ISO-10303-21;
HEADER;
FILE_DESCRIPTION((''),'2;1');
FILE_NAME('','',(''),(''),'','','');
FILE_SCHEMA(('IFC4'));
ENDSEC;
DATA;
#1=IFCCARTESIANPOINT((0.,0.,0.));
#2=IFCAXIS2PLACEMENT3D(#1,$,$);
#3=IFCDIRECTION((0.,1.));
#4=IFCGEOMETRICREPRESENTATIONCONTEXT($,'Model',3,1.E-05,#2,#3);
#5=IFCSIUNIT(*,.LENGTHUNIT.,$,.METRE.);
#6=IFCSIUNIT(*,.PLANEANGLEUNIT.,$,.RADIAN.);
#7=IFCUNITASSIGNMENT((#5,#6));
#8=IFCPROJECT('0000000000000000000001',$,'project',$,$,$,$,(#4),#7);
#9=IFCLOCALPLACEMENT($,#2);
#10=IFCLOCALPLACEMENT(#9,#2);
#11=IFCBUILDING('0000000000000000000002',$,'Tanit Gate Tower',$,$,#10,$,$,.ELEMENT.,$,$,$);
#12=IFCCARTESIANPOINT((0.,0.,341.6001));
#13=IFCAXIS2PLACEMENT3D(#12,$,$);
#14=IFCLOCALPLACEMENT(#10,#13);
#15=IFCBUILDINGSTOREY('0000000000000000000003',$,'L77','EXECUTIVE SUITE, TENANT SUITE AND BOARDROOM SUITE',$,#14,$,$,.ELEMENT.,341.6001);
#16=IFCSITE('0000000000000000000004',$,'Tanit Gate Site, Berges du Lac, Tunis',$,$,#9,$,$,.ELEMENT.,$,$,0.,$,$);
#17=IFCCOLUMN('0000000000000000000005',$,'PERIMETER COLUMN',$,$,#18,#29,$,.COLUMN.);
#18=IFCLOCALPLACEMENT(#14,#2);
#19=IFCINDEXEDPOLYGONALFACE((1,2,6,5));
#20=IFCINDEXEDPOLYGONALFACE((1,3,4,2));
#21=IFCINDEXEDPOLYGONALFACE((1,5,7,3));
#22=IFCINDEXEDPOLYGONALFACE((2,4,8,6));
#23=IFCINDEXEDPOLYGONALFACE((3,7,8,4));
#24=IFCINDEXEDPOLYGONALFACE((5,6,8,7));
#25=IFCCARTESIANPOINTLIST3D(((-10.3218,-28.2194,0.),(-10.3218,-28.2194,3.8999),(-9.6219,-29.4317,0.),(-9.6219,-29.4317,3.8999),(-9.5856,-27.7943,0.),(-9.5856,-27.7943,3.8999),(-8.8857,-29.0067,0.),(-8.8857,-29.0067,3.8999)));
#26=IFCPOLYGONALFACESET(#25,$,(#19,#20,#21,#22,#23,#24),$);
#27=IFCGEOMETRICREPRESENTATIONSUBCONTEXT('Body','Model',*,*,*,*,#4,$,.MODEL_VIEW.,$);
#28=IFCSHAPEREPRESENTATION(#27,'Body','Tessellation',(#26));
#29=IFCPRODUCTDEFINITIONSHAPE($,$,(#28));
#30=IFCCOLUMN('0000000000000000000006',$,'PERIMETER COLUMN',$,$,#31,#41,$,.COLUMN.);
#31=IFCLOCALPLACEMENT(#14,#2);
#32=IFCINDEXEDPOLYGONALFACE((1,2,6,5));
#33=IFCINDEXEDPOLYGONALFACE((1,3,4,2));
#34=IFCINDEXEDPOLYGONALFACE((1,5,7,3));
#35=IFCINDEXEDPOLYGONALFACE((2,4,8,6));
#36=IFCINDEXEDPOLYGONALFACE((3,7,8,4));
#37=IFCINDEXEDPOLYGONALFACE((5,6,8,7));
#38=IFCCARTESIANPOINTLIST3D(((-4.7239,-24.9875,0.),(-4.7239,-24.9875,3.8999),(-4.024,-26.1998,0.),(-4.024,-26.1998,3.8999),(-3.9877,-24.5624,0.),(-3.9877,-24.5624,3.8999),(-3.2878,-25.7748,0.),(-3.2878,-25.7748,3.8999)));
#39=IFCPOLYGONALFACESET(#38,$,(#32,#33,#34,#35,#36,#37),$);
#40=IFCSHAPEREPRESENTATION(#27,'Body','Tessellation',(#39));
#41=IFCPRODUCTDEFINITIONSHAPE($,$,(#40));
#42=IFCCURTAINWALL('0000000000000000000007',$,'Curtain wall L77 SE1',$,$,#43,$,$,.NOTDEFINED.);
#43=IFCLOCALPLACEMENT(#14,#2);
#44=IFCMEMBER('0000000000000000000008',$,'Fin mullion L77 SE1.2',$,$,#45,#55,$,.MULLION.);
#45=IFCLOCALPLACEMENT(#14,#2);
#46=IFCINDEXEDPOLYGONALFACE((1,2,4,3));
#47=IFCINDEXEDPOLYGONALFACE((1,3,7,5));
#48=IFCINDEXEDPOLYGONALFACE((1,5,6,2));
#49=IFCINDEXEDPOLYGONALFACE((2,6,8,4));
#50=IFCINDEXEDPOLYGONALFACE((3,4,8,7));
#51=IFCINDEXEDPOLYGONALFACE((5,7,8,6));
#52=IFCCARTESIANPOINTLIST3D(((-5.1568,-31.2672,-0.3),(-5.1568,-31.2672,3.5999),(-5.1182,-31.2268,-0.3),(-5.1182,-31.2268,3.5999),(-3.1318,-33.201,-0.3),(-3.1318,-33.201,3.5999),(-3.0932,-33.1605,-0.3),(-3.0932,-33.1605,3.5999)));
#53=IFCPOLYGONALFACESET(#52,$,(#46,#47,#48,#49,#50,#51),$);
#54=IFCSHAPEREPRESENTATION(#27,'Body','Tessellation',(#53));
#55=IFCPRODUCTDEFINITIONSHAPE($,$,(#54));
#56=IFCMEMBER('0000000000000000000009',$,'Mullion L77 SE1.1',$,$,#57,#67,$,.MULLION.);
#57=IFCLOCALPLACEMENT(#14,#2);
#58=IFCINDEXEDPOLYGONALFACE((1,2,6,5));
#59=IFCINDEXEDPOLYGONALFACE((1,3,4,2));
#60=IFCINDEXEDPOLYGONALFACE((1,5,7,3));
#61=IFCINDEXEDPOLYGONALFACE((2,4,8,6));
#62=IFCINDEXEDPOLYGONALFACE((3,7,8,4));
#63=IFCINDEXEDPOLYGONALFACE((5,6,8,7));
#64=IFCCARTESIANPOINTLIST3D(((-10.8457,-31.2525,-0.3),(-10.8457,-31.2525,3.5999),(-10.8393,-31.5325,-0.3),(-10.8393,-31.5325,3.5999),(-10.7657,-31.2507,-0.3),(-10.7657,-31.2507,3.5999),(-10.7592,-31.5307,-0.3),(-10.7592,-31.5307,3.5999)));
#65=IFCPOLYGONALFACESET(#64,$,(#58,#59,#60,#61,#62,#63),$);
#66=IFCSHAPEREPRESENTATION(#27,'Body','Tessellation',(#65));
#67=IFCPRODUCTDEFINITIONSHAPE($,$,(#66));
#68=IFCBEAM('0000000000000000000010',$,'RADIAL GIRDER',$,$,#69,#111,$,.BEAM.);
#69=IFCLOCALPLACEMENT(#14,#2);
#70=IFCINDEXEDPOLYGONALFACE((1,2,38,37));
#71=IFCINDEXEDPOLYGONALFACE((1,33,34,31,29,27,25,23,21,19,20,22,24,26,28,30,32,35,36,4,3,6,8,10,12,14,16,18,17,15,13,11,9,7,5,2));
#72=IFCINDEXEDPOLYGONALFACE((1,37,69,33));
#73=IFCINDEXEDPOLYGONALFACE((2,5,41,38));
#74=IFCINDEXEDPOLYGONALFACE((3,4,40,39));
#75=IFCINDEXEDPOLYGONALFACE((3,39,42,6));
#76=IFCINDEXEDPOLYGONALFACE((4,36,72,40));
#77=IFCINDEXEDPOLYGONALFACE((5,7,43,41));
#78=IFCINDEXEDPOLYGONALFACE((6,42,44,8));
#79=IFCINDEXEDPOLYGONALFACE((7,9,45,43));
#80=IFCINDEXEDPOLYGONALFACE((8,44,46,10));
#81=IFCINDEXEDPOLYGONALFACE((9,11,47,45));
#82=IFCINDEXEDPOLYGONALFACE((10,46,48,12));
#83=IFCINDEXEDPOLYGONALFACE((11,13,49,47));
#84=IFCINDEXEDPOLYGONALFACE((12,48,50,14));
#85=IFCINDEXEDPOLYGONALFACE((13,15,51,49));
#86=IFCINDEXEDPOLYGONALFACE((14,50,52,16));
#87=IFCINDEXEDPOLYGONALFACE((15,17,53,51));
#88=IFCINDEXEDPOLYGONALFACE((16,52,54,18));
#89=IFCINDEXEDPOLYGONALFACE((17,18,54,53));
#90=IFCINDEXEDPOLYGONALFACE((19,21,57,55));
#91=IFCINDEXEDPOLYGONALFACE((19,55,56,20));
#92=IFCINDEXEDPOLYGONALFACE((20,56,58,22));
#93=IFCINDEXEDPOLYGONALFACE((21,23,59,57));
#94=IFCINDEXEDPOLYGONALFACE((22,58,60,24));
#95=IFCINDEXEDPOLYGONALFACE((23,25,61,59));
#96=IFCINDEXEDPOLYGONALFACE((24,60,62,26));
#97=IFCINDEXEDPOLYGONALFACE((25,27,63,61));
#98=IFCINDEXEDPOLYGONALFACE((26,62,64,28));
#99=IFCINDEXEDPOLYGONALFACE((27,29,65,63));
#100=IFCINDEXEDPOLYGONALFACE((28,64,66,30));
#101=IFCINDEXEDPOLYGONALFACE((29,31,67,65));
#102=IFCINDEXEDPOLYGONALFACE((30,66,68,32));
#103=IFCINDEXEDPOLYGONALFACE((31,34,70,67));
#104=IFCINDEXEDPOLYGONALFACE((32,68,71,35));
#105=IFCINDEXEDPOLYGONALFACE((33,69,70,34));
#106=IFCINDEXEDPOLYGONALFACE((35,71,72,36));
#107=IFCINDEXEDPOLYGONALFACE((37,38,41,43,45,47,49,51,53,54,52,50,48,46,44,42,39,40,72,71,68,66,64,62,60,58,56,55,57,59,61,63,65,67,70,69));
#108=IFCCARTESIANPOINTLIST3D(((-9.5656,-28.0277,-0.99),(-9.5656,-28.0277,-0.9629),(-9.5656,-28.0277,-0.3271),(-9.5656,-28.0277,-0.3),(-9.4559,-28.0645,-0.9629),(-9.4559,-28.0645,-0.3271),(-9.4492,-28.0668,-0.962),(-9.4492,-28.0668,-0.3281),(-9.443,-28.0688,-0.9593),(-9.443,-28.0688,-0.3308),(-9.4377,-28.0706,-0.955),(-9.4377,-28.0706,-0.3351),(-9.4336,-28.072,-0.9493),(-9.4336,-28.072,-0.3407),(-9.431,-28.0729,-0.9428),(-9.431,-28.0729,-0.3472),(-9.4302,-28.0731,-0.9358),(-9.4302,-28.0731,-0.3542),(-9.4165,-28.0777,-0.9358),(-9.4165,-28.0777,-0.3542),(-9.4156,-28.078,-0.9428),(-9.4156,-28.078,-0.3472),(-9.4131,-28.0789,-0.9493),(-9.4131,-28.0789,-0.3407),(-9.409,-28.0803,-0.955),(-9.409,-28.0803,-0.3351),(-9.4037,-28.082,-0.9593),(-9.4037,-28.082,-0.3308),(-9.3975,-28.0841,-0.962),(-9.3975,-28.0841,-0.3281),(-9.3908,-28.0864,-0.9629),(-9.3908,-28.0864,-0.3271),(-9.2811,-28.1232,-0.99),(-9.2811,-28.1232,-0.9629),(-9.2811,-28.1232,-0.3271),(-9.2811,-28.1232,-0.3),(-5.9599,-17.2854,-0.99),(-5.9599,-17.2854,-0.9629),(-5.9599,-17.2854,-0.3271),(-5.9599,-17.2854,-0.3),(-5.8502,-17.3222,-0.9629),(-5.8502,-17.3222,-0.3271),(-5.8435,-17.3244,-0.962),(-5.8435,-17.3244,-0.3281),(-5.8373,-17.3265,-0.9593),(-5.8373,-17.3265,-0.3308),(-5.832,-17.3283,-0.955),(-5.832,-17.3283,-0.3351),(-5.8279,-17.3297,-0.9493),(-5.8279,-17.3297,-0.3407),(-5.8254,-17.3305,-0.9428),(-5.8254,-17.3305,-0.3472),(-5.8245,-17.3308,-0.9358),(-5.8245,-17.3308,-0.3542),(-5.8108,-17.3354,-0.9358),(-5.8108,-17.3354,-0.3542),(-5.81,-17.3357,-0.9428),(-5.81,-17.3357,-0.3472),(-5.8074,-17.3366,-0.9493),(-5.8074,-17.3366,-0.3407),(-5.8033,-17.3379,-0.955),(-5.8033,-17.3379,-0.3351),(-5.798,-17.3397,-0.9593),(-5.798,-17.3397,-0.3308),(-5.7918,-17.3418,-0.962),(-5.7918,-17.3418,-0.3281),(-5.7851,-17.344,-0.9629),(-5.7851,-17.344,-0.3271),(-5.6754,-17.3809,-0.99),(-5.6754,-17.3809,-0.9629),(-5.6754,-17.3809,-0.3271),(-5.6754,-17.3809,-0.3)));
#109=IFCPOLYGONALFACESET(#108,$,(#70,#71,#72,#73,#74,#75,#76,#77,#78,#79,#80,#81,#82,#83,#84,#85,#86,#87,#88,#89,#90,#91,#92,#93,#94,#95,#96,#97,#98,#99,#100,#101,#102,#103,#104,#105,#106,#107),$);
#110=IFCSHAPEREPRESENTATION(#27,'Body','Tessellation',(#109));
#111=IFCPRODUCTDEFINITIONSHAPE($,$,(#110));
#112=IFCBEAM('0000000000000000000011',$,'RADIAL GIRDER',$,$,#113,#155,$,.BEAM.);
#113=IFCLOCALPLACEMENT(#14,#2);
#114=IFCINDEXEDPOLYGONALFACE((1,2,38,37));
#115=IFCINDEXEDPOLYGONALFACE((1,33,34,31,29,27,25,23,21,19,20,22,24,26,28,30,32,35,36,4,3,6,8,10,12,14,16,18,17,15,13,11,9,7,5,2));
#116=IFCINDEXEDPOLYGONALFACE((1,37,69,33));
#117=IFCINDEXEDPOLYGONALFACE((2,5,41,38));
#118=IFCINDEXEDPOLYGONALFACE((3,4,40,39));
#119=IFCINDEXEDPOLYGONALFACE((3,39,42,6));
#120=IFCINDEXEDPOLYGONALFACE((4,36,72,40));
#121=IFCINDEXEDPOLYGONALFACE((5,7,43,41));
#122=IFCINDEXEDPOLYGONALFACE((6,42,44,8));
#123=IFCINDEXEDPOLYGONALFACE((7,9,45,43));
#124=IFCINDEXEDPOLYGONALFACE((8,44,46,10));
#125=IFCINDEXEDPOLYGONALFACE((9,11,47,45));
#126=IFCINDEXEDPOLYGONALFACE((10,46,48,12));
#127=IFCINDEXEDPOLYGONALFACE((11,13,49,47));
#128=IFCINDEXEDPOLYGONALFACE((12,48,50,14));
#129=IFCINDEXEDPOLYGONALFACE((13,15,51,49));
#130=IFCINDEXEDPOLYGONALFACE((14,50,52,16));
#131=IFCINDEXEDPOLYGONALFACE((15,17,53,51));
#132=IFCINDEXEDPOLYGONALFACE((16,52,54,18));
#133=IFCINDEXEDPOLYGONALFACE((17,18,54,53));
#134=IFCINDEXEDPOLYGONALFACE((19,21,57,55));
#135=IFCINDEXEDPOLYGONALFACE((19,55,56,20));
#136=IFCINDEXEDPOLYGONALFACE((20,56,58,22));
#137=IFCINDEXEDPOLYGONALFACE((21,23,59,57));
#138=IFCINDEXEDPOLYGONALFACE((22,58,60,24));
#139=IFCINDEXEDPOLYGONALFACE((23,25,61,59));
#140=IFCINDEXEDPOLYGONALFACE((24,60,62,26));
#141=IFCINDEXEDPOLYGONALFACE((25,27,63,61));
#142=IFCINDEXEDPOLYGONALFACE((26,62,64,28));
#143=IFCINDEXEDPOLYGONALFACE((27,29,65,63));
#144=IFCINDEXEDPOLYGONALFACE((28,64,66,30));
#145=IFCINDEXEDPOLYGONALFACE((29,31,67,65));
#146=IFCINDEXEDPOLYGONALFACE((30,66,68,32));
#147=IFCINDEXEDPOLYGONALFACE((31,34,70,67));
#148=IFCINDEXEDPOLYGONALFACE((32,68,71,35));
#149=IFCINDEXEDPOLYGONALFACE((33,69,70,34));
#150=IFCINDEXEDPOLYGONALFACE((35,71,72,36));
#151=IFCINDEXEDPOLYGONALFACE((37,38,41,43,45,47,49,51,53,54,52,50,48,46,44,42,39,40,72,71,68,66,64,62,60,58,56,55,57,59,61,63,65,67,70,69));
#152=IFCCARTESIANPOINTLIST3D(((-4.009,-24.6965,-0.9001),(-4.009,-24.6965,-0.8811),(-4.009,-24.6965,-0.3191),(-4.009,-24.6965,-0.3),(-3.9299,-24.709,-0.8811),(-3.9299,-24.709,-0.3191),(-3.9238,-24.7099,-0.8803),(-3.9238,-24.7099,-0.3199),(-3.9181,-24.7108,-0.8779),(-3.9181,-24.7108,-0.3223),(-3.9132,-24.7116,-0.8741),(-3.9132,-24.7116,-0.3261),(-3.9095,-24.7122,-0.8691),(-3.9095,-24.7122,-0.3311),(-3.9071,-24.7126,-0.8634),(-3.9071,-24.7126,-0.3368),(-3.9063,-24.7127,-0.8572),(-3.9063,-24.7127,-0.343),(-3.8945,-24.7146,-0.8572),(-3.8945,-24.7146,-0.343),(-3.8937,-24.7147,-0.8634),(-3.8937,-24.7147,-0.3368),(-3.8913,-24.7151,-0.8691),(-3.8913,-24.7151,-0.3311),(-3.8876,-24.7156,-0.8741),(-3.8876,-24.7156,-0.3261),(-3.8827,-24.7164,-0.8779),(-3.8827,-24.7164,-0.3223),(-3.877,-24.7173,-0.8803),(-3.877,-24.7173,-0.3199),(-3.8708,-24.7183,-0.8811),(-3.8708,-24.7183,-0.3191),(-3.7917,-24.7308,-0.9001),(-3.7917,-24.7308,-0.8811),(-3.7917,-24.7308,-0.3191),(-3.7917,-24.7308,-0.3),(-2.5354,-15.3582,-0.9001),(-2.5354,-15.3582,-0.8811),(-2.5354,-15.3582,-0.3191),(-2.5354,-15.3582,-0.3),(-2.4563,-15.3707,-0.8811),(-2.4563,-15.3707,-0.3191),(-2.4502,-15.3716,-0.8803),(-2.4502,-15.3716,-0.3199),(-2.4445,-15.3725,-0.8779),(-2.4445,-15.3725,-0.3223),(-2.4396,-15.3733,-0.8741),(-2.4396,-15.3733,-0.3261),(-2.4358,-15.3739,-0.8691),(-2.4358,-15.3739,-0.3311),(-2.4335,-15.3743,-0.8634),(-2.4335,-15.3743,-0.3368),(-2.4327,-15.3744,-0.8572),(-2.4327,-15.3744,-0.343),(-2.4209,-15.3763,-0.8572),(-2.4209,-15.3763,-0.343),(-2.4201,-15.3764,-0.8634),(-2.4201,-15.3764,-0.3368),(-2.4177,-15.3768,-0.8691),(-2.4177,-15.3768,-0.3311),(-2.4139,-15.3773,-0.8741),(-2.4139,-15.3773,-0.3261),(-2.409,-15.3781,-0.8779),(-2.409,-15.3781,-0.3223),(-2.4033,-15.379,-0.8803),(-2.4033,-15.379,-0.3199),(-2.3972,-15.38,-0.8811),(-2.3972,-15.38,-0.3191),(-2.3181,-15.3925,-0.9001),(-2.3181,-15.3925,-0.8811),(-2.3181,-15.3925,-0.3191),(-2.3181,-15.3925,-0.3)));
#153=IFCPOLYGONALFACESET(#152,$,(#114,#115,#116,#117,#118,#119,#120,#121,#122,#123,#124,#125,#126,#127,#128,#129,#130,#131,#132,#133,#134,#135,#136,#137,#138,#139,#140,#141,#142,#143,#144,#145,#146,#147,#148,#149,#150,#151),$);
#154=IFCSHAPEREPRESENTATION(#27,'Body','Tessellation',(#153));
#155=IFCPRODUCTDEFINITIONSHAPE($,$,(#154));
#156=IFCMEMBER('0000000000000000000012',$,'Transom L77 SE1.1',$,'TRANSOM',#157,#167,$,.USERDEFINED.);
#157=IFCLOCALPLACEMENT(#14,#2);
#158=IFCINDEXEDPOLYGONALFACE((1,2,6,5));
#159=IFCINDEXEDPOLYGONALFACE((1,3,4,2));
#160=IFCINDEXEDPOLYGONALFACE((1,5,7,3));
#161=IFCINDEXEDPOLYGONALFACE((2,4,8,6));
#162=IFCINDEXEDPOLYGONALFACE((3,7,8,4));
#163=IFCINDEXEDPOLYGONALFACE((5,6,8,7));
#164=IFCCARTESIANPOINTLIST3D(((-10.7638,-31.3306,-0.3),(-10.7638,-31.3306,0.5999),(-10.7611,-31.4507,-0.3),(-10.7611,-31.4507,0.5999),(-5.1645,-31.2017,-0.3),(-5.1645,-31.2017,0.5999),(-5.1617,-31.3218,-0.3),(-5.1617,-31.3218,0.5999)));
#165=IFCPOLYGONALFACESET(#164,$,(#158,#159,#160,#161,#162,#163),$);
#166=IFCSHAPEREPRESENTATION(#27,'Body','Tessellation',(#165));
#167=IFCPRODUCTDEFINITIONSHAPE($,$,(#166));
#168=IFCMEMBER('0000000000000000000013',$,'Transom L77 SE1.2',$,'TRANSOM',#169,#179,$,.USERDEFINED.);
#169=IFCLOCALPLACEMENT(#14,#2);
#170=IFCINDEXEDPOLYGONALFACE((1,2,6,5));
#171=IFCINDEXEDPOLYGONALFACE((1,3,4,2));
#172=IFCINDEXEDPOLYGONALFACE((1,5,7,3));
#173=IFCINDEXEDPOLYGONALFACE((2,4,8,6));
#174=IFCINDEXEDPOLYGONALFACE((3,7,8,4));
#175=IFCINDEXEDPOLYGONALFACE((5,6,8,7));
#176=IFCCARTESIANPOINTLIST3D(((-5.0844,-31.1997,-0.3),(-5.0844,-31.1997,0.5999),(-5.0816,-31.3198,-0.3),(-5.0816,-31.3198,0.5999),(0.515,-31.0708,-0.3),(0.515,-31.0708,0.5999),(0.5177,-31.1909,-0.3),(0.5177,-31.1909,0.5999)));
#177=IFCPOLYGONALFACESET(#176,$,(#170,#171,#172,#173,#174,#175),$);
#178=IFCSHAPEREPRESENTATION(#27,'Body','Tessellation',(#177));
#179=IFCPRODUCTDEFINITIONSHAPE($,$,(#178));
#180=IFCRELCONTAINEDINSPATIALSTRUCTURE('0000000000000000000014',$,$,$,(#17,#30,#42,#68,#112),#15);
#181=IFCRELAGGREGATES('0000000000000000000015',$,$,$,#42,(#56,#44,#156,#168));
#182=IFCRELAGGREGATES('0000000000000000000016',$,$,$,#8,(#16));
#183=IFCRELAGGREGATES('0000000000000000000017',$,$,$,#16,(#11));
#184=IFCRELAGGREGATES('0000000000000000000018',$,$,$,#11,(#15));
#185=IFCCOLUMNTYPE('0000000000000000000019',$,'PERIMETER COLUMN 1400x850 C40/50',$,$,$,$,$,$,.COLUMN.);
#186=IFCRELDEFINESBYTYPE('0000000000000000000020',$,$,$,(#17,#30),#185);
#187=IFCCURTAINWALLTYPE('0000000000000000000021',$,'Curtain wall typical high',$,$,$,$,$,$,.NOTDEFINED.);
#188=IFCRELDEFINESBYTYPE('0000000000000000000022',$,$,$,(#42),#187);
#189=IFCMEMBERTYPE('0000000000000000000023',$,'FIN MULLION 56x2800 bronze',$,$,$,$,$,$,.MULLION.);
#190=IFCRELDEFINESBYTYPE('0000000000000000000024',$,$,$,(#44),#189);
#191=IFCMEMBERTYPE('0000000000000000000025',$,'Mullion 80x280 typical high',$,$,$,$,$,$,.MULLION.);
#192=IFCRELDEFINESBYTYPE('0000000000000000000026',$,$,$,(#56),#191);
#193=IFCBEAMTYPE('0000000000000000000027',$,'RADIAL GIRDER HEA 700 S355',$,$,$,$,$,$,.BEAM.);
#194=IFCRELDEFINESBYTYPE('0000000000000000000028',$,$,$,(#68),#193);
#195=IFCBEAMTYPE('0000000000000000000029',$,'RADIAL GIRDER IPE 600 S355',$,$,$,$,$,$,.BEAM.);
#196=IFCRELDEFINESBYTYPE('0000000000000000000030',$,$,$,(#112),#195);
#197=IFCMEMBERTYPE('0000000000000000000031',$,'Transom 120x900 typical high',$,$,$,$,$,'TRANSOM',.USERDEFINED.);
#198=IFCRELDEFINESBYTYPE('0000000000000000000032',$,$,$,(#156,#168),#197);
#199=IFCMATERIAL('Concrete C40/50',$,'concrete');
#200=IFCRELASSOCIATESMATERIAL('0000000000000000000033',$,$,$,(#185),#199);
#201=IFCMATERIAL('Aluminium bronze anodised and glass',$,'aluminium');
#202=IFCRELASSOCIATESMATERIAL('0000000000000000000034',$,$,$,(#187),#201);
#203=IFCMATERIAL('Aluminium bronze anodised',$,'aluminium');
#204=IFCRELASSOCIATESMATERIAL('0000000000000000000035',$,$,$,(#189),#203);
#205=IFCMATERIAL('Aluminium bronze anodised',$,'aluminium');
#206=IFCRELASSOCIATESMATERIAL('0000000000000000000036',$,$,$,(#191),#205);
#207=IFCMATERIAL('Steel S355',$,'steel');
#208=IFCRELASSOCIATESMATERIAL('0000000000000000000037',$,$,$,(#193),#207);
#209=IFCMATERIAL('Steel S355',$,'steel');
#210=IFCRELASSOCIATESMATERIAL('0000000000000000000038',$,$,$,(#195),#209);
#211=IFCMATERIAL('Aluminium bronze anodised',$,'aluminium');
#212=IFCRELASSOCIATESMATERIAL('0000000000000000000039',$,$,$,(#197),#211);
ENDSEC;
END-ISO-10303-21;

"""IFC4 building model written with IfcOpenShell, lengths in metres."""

from ifc_helpers import new_model, si_unit, direction, frame, origin, origin_2d, place, context, subcontext, project, spatial, rectangle, i_section, extrude, material, material_profile, profile_set, type_object, element, aggregate, save


model = new_model("IFC4")

# Units and contexts
model_context = context("Model", 3, precision=1e-05, world=origin(), true_north=direction((0.0, 1.0)))
body_context = subcontext(model_context, "Body", "Model", "MODEL_VIEW")
ifc_project = project(units=[si_unit("LENGTHUNIT", "METRE"), si_unit("PLANEANGLEUNIT", "RADIAN")], contexts=[model_context])

# Site, building, storey
site_placement = place(None, origin())
site = spatial("IfcSite", under=ifc_project, at=site_placement, Name="Tanit Gate Site, Berges du Lac, Tunis", CompositionType="ELEMENT", RefElevation=0.0)
building_placement = place(site_placement, origin())
building = spatial("IfcBuilding", under=site, at=building_placement, Name="Tanit Gate Tower", CompositionType="ELEMENT")
storey_placement = place(building_placement, frame((0.0, 0.0, 341.6001)))
storey = spatial("IfcBuildingStorey", under=building, at=storey_placement, Name="L77", Description="EXECUTIVE SUITE, TENANT SUITE AND BOARDROOM SUITE", CompositionType="ELEMENT", Elevation=341.6001)

# Columns
ifc_material_1 = material(Name="Concrete C40/50", Category="concrete")
ifc_material_profile_1 = material_profile(ifc_material_1, rectangle(XDim=1.3999, YDim=0.8501, at=origin_2d()), Name="RC 1400x850")
ifc_profile_set_1 = profile_set([ifc_material_profile_1], Name="Concrete C40/50")
column_type = type_object("IfcColumnType", Name="PERIMETER COLUMN 1400x850 C40/50", PredefinedType="COLUMN", material=ifc_profile_set_1)
for number, where, z_axis, x_axis, name in (
    (1, (-9.6038, -28.613, 0.0), (0.0, 0.0, 1.0), (0.5, -0.866025, 0.0), "PERIMETER COLUMN"),
    (2, (-4.0059, -25.3811, 0.0), (0.0, 0.0, 1.0), (0.5, -0.866025, 0.0), "PERIMETER COLUMN"),
):
    element("IfcColumn", number, at=place(storey_placement, frame(where, z_axis=z_axis, x_axis=x_axis)), inside=storey, type_object=column_type, Name=name, PredefinedType="COLUMN", context=body_context, shape_type="SweptSolid", body=[
        extrude(rectangle(XDim=1.3999, YDim=0.8501, at=origin_2d()), origin(), (0.0, 0.0, 1.0), 3.8999),
    ])

# Curtain wall, members
ifc_material_2 = material(Name="Aluminium bronze anodised and glass", Category="aluminium")
curtain_wall_type = type_object("IfcCurtainWallType", Name="Curtain wall typical high", PredefinedType="NOTDEFINED", material=ifc_material_2)
curtain_wall_placement = place(storey_placement, origin())
curtain_wall = element("IfcCurtainWall", 3, at=curtain_wall_placement, inside=storey, type_object=curtain_wall_type, Name="Curtain wall L77 SE1", PredefinedType="NOTDEFINED")
ifc_material_3 = material(Name="Aluminium bronze anodised", Category="aluminium")
ifc_material_profile_2 = material_profile(ifc_material_3, rectangle(XDim=2.8, YDim=0.0559, at=origin_2d()), Name="56x2800 bronze fin mullion")
ifc_profile_set_2 = profile_set([ifc_material_profile_2], Name="Aluminium bronze anodised")
member_type_1 = type_object("IfcMemberType", Name="FIN MULLION 56x2800 bronze", PredefinedType="MULLION", material=ifc_profile_set_2)
member_1_placement = place(storey_placement, frame((-4.125, -32.2139, -0.3), z_axis=(0.0, 0.0, 1.0), x_axis=(-0.723211, 0.690627, 0.0)))
member_1 = element("IfcMember", 4, at=member_1_placement, type_object=member_type_1, Name="Fin mullion L77 SE1.2", PredefinedType="MULLION", context=body_context, shape_type="SweptSolid", body=[
    extrude(rectangle(XDim=2.8, YDim=0.0559, at=origin_2d()), origin(), (0.0, 0.0, 1.0), 3.8999),
])
ifc_material_4 = material(Name="Aluminium bronze anodised", Category="aluminium")
ifc_material_profile_3 = material_profile(ifc_material_4, rectangle(XDim=0.28, YDim=0.0801, at=origin_2d()), Name="80x280 bronze mullion")
ifc_profile_set_3 = profile_set([ifc_material_profile_3], Name="Aluminium bronze anodised")
member_type_2 = type_object("IfcMemberType", Name="Mullion 80x280 typical high", PredefinedType="MULLION", material=ifc_profile_set_3)
member_2_placement = place(storey_placement, frame((-10.8025, -31.3916, -0.3), z_axis=(0.0, 0.0, 1.0), x_axis=(-0.02304, 0.999735, 0.0)))
member_2 = element("IfcMember", 5, at=member_2_placement, type_object=member_type_2, Name="Mullion L77 SE1.1", PredefinedType="MULLION", context=body_context, shape_type="SweptSolid", body=[
    extrude(rectangle(XDim=0.28, YDim=0.0801, at=origin_2d()), origin(), (0.0, 0.0, 1.0), 3.8999),
])

# Beams
ifc_material_5 = material(Name="Steel S355", Category="steel")
ifc_material_profile_4 = material_profile(ifc_material_5, i_section(OverallWidth=0.3, OverallDepth=0.6899, WebThickness=0.0144, FlangeThickness=0.0271, FilletRadius=0.0271, at=origin_2d()), Name="HEA 700")
ifc_profile_set_4 = profile_set([ifc_material_profile_4], Name="Steel S355")
beam_type_1 = type_object("IfcBeamType", Name="RADIAL GIRDER HEA 700 S355", PredefinedType="BEAM", material=ifc_profile_set_4)
beam_1_placement = place(storey_placement, frame((-9.4233, -28.0754, -0.645), z_axis=(0.318205, 0.948022, 0.0), x_axis=(-0.948022, 0.318205, 0.0)))
element("IfcBeam", 6, at=beam_1_placement, inside=storey, type_object=beam_type_1, Name="RADIAL GIRDER", PredefinedType="BEAM", context=body_context, shape_type="SweptSolid", body=[
    extrude(i_section(OverallWidth=0.3, OverallDepth=0.6899, WebThickness=0.0144, FlangeThickness=0.0271, FilletRadius=0.0271, at=origin_2d()), origin(), (0.0, 0.0, 1.0), 11.3313),
])
ifc_material_6 = material(Name="Steel S355", Category="steel")
ifc_material_profile_5 = material_profile(ifc_material_6, i_section(OverallWidth=0.22, OverallDepth=0.6001, WebThickness=0.012, FlangeThickness=0.019, FilletRadius=0.0239, at=origin_2d()), Name="IPE 600")
ifc_profile_set_5 = profile_set([ifc_material_profile_5], Name="Steel S355")
beam_type_2 = type_object("IfcBeamType", Name="RADIAL GIRDER IPE 600 S355", PredefinedType="BEAM", material=ifc_profile_set_5)
beam_2_placement = place(storey_placement, frame((-3.9004, -24.7136, -0.6001), z_axis=(0.155875, 0.987777, 0.0), x_axis=(-0.987777, 0.155875, 0.0)))
element("IfcBeam", 7, at=beam_2_placement, inside=storey, type_object=beam_type_2, Name="RADIAL GIRDER", PredefinedType="BEAM", context=body_context, shape_type="SweptSolid", body=[
    extrude(i_section(OverallWidth=0.22, OverallDepth=0.6001, WebThickness=0.012, FlangeThickness=0.019, FilletRadius=0.0239, at=origin_2d()), origin(), (0.0, 0.0, 1.0), 9.4539),
])

# Members
ifc_material_7 = material(Name="Aluminium bronze anodised", Category="aluminium")
ifc_material_profile_6 = material_profile(ifc_material_7, rectangle(XDim=0.1201, YDim=0.8999, at=origin_2d()), Name="120x900 bronze transom")
ifc_profile_set_6 = profile_set([ifc_material_profile_6], Name="Aluminium bronze anodised")
member_type_3 = type_object("IfcMemberType", Name="Transom 120x900 typical high", ElementType="TRANSOM", PredefinedType="USERDEFINED", material=ifc_profile_set_6)
member_3_placement = place(storey_placement, frame((-10.7625, -31.3906, 0.1499), z_axis=(0.999735, 0.023015, 0.0), x_axis=(-0.023015, 0.999735, 0.0)))
member_3 = element("IfcMember", 8, at=member_3_placement, type_object=member_type_3, Name="Transom L77 SE1.1", ObjectType="TRANSOM", PredefinedType="USERDEFINED", context=body_context, shape_type="SweptSolid", body=[
    extrude(rectangle(XDim=0.1201, YDim=0.8999, at=origin_2d()), origin(), (0.0, 0.0, 1.0), 5.6008),
])
member_4_placement = place(storey_placement, frame((-5.083, -31.2598, 0.1499), z_axis=(0.999735, 0.023015, 0.0), x_axis=(-0.023015, 0.999735, 0.0)))
member_4 = element("IfcMember", 9, at=member_4_placement, type_object=member_type_3, Name="Transom L77 SE1.2", ObjectType="TRANSOM", PredefinedType="USERDEFINED", context=body_context, shape_type="SweptSolid", body=[
    extrude(rectangle(XDim=0.1201, YDim=0.8999, at=origin_2d()), origin(), (0.0, 0.0, 1.0), 5.6008),
])

aggregate(curtain_wall, [member_2, member_1, member_3, member_4])

save(model, "model.ifc")
